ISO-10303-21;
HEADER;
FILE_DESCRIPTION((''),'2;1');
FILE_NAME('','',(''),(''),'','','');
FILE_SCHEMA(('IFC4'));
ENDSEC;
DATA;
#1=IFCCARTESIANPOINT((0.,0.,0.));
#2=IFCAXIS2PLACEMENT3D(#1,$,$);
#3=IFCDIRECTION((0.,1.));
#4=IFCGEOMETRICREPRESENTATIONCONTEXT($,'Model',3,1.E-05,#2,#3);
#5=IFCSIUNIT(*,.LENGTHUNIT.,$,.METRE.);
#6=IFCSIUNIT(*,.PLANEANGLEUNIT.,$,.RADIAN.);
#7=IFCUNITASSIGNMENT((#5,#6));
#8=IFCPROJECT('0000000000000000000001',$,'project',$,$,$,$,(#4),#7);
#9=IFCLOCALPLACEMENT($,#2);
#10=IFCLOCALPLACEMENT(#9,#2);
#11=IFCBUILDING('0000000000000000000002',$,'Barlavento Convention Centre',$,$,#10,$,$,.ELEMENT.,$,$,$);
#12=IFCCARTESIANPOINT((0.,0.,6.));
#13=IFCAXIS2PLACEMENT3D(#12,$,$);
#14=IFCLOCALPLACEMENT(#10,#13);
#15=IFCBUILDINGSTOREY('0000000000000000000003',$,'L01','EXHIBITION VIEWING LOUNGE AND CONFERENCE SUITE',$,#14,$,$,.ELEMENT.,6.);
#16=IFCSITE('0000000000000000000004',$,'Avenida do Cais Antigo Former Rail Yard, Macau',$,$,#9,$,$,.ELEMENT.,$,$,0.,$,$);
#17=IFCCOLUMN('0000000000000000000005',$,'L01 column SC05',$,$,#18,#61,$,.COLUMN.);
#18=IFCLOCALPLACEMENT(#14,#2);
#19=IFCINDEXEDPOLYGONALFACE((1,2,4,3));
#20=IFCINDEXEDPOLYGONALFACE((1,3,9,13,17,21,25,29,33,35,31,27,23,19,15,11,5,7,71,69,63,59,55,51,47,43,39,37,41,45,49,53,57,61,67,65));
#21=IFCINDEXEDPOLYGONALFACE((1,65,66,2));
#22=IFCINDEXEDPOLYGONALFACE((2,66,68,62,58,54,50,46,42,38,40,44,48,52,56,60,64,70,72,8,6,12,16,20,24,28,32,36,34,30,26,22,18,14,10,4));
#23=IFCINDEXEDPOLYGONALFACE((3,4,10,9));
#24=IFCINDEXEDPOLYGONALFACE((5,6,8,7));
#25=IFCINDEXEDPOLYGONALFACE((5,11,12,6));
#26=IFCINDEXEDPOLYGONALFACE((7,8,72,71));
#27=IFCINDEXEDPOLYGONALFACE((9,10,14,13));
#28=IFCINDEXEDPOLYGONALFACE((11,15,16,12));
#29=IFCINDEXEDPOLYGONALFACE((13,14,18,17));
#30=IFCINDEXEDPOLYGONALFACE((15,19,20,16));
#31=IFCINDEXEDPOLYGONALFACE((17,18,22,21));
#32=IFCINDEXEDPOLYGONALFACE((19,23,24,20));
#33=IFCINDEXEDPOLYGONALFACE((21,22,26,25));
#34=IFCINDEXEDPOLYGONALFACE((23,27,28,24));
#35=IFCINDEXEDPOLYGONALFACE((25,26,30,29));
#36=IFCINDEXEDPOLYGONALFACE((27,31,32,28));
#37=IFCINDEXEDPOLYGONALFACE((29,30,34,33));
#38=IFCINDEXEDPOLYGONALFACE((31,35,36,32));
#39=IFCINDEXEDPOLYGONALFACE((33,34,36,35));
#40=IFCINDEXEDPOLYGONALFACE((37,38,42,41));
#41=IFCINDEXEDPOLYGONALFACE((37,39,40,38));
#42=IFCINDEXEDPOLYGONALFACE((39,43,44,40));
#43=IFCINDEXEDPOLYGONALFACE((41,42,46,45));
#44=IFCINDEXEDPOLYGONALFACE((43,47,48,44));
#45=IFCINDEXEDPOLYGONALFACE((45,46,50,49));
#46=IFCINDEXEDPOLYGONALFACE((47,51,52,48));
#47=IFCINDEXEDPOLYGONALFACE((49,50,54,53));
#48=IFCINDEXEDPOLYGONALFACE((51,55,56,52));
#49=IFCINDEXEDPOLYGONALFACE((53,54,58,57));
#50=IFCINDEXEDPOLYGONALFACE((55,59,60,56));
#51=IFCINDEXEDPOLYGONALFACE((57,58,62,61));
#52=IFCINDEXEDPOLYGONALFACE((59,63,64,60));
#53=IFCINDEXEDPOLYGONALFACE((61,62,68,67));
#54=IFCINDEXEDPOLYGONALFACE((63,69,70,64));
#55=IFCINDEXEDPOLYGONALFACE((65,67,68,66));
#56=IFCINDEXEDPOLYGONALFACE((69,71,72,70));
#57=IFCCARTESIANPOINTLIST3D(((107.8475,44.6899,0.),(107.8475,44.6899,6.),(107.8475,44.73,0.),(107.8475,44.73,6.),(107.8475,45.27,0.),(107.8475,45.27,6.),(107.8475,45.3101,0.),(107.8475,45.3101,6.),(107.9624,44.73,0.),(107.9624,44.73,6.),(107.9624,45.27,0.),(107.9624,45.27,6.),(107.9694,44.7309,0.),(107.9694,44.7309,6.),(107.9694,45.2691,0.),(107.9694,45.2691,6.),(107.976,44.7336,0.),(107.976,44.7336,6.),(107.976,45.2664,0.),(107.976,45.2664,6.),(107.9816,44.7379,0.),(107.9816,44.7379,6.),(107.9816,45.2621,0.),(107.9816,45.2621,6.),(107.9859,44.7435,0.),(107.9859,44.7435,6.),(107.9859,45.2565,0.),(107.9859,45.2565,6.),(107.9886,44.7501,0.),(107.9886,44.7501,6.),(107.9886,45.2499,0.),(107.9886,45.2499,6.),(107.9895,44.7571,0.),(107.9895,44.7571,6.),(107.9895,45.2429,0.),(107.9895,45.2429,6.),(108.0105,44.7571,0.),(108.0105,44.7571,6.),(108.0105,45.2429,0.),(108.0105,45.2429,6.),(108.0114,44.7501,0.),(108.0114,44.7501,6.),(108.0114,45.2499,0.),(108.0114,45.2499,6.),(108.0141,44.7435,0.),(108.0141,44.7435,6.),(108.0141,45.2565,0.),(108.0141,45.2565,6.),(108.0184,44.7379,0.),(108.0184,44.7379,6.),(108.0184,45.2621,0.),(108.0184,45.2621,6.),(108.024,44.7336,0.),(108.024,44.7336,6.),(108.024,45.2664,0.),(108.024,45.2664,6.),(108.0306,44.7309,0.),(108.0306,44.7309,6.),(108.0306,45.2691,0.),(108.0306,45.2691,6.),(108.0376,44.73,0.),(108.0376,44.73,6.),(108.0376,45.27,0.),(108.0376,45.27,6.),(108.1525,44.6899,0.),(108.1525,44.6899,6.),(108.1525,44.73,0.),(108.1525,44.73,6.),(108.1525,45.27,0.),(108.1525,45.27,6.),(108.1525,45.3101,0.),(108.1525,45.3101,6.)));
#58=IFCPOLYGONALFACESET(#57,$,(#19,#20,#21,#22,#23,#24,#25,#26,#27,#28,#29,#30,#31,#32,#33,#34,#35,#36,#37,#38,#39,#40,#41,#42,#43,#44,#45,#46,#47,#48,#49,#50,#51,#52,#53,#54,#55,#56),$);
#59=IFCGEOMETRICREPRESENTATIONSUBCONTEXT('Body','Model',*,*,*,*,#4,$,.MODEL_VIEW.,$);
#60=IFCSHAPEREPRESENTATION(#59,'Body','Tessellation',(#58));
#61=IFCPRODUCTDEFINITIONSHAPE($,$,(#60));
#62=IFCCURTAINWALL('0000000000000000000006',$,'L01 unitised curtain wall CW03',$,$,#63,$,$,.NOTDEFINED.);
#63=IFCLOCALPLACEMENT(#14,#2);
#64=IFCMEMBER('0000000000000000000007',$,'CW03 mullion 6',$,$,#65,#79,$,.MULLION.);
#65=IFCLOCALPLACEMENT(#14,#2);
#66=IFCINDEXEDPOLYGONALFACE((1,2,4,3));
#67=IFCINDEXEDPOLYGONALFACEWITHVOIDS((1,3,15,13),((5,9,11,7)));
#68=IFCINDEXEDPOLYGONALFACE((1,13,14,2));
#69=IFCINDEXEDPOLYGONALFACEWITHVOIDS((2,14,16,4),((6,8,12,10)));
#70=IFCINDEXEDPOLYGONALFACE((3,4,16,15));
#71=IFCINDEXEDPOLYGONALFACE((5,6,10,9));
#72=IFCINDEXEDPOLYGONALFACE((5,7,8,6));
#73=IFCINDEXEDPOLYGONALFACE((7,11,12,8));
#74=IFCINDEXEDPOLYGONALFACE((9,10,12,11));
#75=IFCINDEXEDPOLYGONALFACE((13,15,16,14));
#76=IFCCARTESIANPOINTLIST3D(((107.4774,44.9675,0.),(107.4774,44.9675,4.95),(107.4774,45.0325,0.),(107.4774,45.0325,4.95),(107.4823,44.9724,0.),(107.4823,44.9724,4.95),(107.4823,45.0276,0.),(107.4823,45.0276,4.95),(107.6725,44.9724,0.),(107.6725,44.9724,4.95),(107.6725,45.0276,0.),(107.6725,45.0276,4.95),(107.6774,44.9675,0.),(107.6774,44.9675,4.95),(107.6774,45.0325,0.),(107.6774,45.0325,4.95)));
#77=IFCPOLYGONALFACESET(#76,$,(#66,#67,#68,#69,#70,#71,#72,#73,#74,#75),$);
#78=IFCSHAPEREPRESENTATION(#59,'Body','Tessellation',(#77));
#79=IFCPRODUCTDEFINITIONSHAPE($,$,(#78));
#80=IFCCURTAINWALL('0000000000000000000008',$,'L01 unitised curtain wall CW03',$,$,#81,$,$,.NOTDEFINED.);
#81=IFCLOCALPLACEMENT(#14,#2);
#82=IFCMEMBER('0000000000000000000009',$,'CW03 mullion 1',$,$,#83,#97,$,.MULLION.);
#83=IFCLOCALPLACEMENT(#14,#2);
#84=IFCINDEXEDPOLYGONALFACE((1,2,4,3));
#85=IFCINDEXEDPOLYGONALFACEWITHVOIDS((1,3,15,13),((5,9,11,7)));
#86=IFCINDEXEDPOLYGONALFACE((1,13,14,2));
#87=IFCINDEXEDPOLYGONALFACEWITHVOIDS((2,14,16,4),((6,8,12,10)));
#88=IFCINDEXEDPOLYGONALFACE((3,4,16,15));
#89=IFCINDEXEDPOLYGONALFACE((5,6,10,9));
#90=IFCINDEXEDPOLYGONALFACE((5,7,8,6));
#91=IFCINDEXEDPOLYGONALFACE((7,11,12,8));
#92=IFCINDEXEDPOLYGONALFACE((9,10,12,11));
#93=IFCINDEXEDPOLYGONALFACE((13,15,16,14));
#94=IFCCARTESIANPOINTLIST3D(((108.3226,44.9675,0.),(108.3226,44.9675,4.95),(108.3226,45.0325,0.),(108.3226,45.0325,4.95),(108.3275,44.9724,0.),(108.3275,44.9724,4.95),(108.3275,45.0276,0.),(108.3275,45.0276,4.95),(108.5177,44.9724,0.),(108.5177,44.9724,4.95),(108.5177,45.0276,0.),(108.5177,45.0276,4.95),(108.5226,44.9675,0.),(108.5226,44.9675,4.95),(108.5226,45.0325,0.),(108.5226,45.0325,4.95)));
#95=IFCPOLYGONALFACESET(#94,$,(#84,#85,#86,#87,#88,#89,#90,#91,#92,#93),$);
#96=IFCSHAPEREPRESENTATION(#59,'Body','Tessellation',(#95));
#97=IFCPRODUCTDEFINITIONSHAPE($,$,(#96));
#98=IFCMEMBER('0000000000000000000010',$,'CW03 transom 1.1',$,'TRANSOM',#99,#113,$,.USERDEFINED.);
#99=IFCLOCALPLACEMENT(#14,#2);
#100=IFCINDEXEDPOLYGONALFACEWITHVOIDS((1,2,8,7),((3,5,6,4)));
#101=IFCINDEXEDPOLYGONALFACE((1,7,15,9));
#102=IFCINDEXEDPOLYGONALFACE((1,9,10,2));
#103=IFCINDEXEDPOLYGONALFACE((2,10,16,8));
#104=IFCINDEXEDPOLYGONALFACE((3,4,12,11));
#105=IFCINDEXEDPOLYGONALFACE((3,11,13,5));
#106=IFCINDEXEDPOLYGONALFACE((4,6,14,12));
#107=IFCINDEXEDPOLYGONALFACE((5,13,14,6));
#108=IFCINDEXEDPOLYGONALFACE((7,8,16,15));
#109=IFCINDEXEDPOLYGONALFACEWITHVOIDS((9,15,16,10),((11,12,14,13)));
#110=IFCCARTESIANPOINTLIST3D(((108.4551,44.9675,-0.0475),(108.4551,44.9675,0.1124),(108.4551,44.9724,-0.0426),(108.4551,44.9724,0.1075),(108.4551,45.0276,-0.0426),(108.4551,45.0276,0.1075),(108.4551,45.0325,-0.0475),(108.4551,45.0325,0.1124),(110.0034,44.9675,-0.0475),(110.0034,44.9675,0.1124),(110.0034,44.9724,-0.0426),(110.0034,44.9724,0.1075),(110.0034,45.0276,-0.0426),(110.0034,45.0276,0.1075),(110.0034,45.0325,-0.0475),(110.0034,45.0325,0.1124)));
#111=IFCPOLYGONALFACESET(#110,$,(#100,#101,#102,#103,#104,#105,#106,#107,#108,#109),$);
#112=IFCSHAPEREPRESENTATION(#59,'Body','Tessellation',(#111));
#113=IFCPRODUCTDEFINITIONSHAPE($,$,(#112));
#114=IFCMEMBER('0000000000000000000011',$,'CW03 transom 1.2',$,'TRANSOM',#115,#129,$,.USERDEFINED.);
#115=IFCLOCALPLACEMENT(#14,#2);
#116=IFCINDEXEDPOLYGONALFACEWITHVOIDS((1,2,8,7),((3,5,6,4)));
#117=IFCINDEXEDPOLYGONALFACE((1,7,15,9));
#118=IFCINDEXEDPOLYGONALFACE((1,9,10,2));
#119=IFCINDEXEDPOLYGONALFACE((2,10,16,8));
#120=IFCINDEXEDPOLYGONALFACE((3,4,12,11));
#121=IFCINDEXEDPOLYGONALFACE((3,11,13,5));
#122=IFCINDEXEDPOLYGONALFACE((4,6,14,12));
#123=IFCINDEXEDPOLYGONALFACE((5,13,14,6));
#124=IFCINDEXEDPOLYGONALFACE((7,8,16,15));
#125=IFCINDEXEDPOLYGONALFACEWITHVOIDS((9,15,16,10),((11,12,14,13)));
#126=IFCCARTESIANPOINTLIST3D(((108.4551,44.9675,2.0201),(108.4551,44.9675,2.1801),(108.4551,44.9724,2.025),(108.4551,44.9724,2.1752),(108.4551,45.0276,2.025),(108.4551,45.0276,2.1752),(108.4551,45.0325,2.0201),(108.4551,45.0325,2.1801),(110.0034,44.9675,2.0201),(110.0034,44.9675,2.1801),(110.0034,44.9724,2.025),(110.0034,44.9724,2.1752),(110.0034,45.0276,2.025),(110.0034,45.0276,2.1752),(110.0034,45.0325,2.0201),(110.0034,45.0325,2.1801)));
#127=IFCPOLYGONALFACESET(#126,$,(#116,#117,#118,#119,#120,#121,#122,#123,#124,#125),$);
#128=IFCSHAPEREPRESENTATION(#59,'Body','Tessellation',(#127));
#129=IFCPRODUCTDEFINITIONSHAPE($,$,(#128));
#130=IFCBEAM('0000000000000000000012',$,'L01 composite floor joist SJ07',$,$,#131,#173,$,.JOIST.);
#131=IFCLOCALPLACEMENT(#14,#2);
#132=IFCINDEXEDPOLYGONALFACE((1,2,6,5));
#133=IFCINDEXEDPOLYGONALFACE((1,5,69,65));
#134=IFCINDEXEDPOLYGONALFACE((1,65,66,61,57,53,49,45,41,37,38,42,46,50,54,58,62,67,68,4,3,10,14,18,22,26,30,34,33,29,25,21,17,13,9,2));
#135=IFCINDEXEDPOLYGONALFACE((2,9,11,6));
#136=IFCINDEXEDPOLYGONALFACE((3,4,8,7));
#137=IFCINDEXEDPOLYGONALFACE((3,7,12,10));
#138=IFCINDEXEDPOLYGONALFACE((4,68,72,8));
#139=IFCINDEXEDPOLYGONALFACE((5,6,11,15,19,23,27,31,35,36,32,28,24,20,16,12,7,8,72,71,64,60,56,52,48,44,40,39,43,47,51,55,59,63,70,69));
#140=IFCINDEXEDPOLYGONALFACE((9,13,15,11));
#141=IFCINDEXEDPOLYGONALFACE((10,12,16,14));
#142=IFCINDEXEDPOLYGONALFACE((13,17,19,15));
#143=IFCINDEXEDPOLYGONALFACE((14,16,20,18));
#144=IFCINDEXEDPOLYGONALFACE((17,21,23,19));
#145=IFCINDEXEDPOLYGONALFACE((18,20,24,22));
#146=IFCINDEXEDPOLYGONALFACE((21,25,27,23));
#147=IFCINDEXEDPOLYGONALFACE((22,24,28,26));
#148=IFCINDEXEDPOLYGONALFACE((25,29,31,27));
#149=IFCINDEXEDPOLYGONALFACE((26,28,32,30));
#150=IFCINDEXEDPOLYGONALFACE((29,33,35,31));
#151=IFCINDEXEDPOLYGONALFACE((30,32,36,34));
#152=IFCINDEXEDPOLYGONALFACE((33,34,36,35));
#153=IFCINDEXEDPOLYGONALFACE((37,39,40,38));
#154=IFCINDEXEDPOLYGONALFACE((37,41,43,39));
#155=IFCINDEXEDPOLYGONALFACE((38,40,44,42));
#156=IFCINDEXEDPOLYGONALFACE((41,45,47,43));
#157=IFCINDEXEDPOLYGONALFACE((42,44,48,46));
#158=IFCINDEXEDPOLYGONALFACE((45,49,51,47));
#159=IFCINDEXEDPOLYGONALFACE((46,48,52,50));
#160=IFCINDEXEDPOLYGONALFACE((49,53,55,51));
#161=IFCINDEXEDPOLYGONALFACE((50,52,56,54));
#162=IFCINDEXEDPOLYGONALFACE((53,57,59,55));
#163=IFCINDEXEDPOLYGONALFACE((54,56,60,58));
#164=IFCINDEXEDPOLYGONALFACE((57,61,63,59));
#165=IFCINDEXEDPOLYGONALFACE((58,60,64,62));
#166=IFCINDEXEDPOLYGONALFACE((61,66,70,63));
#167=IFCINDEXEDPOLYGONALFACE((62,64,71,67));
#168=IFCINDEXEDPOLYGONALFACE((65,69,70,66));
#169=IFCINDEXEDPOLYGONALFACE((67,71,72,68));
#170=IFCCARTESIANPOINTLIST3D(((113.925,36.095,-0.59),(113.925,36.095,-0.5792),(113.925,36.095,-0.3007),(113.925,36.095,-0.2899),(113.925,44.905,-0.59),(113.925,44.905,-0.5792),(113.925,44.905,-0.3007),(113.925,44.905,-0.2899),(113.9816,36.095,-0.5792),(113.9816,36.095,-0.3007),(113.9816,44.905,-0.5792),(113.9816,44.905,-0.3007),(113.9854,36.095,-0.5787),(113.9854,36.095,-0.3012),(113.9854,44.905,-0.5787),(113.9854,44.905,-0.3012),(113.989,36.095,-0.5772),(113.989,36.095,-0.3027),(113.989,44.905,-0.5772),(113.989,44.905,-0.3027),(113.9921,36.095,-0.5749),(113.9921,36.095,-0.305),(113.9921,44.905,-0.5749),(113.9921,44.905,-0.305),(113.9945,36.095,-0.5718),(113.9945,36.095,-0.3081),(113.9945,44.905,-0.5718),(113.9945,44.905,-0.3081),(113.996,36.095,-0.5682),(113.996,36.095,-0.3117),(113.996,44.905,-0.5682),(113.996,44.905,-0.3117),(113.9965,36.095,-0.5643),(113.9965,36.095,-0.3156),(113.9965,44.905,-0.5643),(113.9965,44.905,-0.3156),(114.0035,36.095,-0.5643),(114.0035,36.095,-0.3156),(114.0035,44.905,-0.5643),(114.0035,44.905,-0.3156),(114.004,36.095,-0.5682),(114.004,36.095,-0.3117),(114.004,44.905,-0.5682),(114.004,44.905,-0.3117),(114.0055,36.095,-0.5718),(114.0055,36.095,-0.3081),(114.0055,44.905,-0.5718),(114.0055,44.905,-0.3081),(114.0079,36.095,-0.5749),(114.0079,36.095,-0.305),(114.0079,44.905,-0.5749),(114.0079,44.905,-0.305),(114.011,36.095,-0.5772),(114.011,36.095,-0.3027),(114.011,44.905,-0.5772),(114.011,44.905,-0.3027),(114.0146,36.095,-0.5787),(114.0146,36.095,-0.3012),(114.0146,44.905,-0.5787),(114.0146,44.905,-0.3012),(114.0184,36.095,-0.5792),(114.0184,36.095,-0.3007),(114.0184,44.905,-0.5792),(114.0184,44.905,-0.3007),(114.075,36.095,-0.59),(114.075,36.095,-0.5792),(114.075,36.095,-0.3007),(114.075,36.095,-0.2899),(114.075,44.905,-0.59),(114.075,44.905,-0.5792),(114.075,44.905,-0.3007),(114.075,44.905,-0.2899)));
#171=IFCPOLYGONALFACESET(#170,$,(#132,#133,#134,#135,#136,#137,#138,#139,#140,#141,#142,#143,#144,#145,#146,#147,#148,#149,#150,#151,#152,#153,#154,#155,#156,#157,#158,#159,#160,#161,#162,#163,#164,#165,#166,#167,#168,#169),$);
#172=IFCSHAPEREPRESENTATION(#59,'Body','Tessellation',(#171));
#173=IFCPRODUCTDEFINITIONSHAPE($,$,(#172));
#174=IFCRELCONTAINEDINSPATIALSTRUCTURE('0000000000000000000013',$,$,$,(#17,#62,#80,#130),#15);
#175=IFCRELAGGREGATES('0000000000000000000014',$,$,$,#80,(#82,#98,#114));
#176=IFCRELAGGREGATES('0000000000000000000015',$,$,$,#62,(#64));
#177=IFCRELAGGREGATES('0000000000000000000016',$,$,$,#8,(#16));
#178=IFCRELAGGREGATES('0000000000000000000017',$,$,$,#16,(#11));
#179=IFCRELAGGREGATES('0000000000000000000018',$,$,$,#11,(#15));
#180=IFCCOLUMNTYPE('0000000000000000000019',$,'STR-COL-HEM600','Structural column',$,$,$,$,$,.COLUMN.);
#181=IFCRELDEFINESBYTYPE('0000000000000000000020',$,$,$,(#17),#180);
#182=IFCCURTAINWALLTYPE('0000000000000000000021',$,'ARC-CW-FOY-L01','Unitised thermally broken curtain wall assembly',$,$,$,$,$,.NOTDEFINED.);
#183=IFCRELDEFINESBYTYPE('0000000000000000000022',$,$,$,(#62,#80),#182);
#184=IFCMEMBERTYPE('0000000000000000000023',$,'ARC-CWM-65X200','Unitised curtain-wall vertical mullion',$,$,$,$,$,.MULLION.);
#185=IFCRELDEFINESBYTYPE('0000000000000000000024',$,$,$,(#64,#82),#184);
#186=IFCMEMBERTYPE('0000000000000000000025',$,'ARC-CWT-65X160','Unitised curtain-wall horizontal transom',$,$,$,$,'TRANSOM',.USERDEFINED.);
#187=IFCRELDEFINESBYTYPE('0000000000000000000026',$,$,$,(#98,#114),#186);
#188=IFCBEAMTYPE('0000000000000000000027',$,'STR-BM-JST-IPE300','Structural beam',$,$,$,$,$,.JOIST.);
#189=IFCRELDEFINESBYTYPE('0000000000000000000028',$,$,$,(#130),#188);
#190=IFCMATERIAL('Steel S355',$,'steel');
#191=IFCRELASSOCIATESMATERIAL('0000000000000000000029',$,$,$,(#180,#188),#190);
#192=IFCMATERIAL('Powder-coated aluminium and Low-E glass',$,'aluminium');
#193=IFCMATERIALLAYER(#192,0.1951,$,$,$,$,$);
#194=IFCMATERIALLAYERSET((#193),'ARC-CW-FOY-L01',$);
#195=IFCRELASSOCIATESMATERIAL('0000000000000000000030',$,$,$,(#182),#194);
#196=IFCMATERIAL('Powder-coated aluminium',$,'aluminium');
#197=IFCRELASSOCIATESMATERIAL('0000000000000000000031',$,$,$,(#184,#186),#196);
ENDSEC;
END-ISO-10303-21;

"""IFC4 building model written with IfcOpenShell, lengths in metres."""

from ifc_helpers import new_model, si_unit, direction, frame, origin, origin_2d, place, context, subcontext, project, spatial, hollow_rectangle, i_section, extrude, material, layer, layer_set, material_profile, profile_set, type_object, element, aggregate, save


model = new_model("IFC4")

# Units and contexts
model_context = context("Model", 3, precision=1e-05, world=origin(), true_north=direction((0.0, 1.0)))
body_context = subcontext(model_context, "Body", "Model", "MODEL_VIEW")
ifc_project = project(units=[si_unit("LENGTHUNIT", "METRE"), si_unit("PLANEANGLEUNIT", "RADIAN")], contexts=[model_context])

# Site, building, storey
site_placement = place(None, origin())
site = spatial("IfcSite", under=ifc_project, at=site_placement, Name="Avenida do Cais Antigo Former Rail Yard, Macau", CompositionType="ELEMENT", RefElevation=0.0)
building_placement = place(site_placement, origin())
building = spatial("IfcBuilding", under=site, at=building_placement, Name="Barlavento Convention Centre", CompositionType="ELEMENT")
storey_placement = place(building_placement, frame((0.0, 0.0, 6.0)))
storey = spatial("IfcBuildingStorey", under=building, at=storey_placement, Name="L01", Description="EXHIBITION VIEWING LOUNGE AND CONFERENCE SUITE", CompositionType="ELEMENT", Elevation=6.0)

# Column
ifc_material_1 = material(Name="Steel S355", Category="steel")
ifc_material_profile_1 = material_profile(ifc_material_1, i_section(OverallWidth=0.3049, OverallDepth=0.6201, WebThickness=0.021, FlangeThickness=0.04, FilletRadius=0.0271, at=origin_2d()), Name="HEM 600")
ifc_profile_set_1 = profile_set([ifc_material_profile_1], Name="Steel S355")
column_type = type_object("IfcColumnType", Name="STR-COL-HEM600", Description="Structural column", PredefinedType="COLUMN", material=ifc_profile_set_1)
column_placement = place(storey_placement, frame((108.0, 45.0, 0.0), z_axis=(0.0, 0.0, 1.0), x_axis=(1.0, 0.0, 0.0)))
element("IfcColumn", 1, at=column_placement, inside=storey, type_object=column_type, Name="L01 column SC05", PredefinedType="COLUMN", context=body_context, shape_type="SweptSolid", body=[
    extrude(i_section(OverallWidth=0.3049, OverallDepth=0.6201, WebThickness=0.021, FlangeThickness=0.04, FilletRadius=0.0271, at=origin_2d()), origin(), (0.0, 0.0, 1.0), 6.0),
])

# Curtain wall, member
ifc_material_2 = material(Name="Powder-coated aluminium and Low-E glass", Category="aluminium")
ifc_layer_1 = layer(ifc_material_2, 0.1951)
ifc_layer_set_1 = layer_set([ifc_layer_1], Name="ARC-CW-FOY-L01")
curtain_wall_type = type_object("IfcCurtainWallType", Name="ARC-CW-FOY-L01", Description="Unitised thermally broken curtain wall assembly", PredefinedType="NOTDEFINED", material=ifc_layer_set_1)
curtain_wall_1_placement = place(storey_placement, origin())
curtain_wall_1 = element("IfcCurtainWall", 2, at=curtain_wall_1_placement, inside=storey, type_object=curtain_wall_type, Name="L01 unitised curtain wall CW03", PredefinedType="NOTDEFINED")
ifc_material_3 = material(Name="Powder-coated aluminium", Category="aluminium")
ifc_material_profile_2 = material_profile(ifc_material_3, hollow_rectangle(XDim=0.0649, YDim=0.2, WallThickness=0.0049, at=origin_2d()), Name="AL-MULL 65x200x5")
ifc_profile_set_2 = profile_set([ifc_material_profile_2], Name="Powder-coated aluminium")
member_type_1 = type_object("IfcMemberType", Name="ARC-CWM-65X200", Description="Unitised curtain-wall vertical mullion", PredefinedType="MULLION", material=ifc_profile_set_2)
member_1_placement = place(storey_placement, frame((107.5774, 45.0, 0.0), z_axis=(0.0, 0.0, 1.0), x_axis=(0.0, 1.0, 0.0)))
member_1 = element("IfcMember", 3, at=member_1_placement, type_object=member_type_1, Name="CW03 mullion 6", PredefinedType="MULLION", context=body_context, shape_type="SweptSolid", body=[
    extrude(hollow_rectangle(XDim=0.0649, YDim=0.2, WallThickness=0.0049, at=origin_2d()), origin(), (0.0, 0.0, 1.0), 4.95),
])

# Curtain wall, members
curtain_wall_2_placement = place(storey_placement, origin())
curtain_wall_2 = element("IfcCurtainWall", 4, at=curtain_wall_2_placement, inside=storey, type_object=curtain_wall_type, Name="L01 unitised curtain wall CW03", PredefinedType="NOTDEFINED")
member_2_placement = place(storey_placement, frame((108.4226, 45.0, 0.0), z_axis=(0.0, 0.0, 1.0), x_axis=(0.0, 1.0, 0.0)))
member_2 = element("IfcMember", 5, at=member_2_placement, type_object=member_type_1, Name="CW03 mullion 1", PredefinedType="MULLION", context=body_context, shape_type="SweptSolid", body=[
    extrude(hollow_rectangle(XDim=0.0649, YDim=0.2, WallThickness=0.0049, at=origin_2d()), origin(), (0.0, 0.0, 1.0), 4.95),
])
ifc_material_profile_3 = material_profile(ifc_material_3, hollow_rectangle(XDim=0.0649, YDim=0.1599, WallThickness=0.0049, at=origin_2d()), Name="AL-TRAN 65x160x5")
ifc_profile_set_3 = profile_set([ifc_material_profile_3], Name="Powder-coated aluminium")
member_type_2 = type_object("IfcMemberType", Name="ARC-CWT-65X160", Description="Unitised curtain-wall horizontal transom", ElementType="TRANSOM", PredefinedType="USERDEFINED", material=ifc_profile_set_3)
member_3_placement = place(storey_placement, frame((108.4551, 45.0, 0.0325), z_axis=(1.0, 0.0, 0.0), x_axis=(0.0, 1.0, 0.0)))
member_3 = element("IfcMember", 6, at=member_3_placement, type_object=member_type_2, Name="CW03 transom 1.1", ObjectType="TRANSOM", PredefinedType="USERDEFINED", context=body_context, shape_type="SweptSolid", body=[
    extrude(hollow_rectangle(XDim=0.0649, YDim=0.1599, WallThickness=0.0049, at=origin_2d()), origin(), (0.0, 0.0, 1.0), 1.5483),
])
member_4_placement = place(storey_placement, frame((108.4551, 45.0, 2.1001), z_axis=(1.0, 0.0, 0.0), x_axis=(0.0, 1.0, 0.0)))
member_4 = element("IfcMember", 7, at=member_4_placement, type_object=member_type_2, Name="CW03 transom 1.2", ObjectType="TRANSOM", PredefinedType="USERDEFINED", context=body_context, shape_type="SweptSolid", body=[
    extrude(hollow_rectangle(XDim=0.0649, YDim=0.1599, WallThickness=0.0049, at=origin_2d()), origin(), (0.0, 0.0, 1.0), 1.5483),
])
aggregate(curtain_wall_2, [member_2, member_3, member_4])

# Beam
ifc_material_profile_4 = material_profile(ifc_material_1, i_section(OverallWidth=0.1499, OverallDepth=0.3, WebThickness=0.0071, FlangeThickness=0.0107, FilletRadius=0.0149, at=origin_2d()), Name="IPE 300")
ifc_profile_set_4 = profile_set([ifc_material_profile_4], Name="Steel S355")
beam_type_1 = type_object("IfcBeamType", Name="STR-BM-JST-IPE300", Description="Structural beam", PredefinedType="JOIST", material=ifc_profile_set_4)
beam_1_placement = place(storey_placement, frame((114.0, 36.095, -0.4399), z_axis=(0.0, 1.0, 0.0), x_axis=(-1.0, 0.0, 0.0)))
element("IfcBeam", 8, at=beam_1_placement, inside=storey, type_object=beam_type_1, Name="L01 composite floor joist SJ07", PredefinedType="JOIST", context=body_context, shape_type="SweptSolid", body=[
    extrude(i_section(OverallWidth=0.1499, OverallDepth=0.3, WebThickness=0.0071, FlangeThickness=0.0107, FilletRadius=0.0149, at=origin_2d()), origin(), (0.0, 0.0, 1.0), 8.8101),
])

aggregate(curtain_wall_1, [member_1])

save(model, "model.ifc")
